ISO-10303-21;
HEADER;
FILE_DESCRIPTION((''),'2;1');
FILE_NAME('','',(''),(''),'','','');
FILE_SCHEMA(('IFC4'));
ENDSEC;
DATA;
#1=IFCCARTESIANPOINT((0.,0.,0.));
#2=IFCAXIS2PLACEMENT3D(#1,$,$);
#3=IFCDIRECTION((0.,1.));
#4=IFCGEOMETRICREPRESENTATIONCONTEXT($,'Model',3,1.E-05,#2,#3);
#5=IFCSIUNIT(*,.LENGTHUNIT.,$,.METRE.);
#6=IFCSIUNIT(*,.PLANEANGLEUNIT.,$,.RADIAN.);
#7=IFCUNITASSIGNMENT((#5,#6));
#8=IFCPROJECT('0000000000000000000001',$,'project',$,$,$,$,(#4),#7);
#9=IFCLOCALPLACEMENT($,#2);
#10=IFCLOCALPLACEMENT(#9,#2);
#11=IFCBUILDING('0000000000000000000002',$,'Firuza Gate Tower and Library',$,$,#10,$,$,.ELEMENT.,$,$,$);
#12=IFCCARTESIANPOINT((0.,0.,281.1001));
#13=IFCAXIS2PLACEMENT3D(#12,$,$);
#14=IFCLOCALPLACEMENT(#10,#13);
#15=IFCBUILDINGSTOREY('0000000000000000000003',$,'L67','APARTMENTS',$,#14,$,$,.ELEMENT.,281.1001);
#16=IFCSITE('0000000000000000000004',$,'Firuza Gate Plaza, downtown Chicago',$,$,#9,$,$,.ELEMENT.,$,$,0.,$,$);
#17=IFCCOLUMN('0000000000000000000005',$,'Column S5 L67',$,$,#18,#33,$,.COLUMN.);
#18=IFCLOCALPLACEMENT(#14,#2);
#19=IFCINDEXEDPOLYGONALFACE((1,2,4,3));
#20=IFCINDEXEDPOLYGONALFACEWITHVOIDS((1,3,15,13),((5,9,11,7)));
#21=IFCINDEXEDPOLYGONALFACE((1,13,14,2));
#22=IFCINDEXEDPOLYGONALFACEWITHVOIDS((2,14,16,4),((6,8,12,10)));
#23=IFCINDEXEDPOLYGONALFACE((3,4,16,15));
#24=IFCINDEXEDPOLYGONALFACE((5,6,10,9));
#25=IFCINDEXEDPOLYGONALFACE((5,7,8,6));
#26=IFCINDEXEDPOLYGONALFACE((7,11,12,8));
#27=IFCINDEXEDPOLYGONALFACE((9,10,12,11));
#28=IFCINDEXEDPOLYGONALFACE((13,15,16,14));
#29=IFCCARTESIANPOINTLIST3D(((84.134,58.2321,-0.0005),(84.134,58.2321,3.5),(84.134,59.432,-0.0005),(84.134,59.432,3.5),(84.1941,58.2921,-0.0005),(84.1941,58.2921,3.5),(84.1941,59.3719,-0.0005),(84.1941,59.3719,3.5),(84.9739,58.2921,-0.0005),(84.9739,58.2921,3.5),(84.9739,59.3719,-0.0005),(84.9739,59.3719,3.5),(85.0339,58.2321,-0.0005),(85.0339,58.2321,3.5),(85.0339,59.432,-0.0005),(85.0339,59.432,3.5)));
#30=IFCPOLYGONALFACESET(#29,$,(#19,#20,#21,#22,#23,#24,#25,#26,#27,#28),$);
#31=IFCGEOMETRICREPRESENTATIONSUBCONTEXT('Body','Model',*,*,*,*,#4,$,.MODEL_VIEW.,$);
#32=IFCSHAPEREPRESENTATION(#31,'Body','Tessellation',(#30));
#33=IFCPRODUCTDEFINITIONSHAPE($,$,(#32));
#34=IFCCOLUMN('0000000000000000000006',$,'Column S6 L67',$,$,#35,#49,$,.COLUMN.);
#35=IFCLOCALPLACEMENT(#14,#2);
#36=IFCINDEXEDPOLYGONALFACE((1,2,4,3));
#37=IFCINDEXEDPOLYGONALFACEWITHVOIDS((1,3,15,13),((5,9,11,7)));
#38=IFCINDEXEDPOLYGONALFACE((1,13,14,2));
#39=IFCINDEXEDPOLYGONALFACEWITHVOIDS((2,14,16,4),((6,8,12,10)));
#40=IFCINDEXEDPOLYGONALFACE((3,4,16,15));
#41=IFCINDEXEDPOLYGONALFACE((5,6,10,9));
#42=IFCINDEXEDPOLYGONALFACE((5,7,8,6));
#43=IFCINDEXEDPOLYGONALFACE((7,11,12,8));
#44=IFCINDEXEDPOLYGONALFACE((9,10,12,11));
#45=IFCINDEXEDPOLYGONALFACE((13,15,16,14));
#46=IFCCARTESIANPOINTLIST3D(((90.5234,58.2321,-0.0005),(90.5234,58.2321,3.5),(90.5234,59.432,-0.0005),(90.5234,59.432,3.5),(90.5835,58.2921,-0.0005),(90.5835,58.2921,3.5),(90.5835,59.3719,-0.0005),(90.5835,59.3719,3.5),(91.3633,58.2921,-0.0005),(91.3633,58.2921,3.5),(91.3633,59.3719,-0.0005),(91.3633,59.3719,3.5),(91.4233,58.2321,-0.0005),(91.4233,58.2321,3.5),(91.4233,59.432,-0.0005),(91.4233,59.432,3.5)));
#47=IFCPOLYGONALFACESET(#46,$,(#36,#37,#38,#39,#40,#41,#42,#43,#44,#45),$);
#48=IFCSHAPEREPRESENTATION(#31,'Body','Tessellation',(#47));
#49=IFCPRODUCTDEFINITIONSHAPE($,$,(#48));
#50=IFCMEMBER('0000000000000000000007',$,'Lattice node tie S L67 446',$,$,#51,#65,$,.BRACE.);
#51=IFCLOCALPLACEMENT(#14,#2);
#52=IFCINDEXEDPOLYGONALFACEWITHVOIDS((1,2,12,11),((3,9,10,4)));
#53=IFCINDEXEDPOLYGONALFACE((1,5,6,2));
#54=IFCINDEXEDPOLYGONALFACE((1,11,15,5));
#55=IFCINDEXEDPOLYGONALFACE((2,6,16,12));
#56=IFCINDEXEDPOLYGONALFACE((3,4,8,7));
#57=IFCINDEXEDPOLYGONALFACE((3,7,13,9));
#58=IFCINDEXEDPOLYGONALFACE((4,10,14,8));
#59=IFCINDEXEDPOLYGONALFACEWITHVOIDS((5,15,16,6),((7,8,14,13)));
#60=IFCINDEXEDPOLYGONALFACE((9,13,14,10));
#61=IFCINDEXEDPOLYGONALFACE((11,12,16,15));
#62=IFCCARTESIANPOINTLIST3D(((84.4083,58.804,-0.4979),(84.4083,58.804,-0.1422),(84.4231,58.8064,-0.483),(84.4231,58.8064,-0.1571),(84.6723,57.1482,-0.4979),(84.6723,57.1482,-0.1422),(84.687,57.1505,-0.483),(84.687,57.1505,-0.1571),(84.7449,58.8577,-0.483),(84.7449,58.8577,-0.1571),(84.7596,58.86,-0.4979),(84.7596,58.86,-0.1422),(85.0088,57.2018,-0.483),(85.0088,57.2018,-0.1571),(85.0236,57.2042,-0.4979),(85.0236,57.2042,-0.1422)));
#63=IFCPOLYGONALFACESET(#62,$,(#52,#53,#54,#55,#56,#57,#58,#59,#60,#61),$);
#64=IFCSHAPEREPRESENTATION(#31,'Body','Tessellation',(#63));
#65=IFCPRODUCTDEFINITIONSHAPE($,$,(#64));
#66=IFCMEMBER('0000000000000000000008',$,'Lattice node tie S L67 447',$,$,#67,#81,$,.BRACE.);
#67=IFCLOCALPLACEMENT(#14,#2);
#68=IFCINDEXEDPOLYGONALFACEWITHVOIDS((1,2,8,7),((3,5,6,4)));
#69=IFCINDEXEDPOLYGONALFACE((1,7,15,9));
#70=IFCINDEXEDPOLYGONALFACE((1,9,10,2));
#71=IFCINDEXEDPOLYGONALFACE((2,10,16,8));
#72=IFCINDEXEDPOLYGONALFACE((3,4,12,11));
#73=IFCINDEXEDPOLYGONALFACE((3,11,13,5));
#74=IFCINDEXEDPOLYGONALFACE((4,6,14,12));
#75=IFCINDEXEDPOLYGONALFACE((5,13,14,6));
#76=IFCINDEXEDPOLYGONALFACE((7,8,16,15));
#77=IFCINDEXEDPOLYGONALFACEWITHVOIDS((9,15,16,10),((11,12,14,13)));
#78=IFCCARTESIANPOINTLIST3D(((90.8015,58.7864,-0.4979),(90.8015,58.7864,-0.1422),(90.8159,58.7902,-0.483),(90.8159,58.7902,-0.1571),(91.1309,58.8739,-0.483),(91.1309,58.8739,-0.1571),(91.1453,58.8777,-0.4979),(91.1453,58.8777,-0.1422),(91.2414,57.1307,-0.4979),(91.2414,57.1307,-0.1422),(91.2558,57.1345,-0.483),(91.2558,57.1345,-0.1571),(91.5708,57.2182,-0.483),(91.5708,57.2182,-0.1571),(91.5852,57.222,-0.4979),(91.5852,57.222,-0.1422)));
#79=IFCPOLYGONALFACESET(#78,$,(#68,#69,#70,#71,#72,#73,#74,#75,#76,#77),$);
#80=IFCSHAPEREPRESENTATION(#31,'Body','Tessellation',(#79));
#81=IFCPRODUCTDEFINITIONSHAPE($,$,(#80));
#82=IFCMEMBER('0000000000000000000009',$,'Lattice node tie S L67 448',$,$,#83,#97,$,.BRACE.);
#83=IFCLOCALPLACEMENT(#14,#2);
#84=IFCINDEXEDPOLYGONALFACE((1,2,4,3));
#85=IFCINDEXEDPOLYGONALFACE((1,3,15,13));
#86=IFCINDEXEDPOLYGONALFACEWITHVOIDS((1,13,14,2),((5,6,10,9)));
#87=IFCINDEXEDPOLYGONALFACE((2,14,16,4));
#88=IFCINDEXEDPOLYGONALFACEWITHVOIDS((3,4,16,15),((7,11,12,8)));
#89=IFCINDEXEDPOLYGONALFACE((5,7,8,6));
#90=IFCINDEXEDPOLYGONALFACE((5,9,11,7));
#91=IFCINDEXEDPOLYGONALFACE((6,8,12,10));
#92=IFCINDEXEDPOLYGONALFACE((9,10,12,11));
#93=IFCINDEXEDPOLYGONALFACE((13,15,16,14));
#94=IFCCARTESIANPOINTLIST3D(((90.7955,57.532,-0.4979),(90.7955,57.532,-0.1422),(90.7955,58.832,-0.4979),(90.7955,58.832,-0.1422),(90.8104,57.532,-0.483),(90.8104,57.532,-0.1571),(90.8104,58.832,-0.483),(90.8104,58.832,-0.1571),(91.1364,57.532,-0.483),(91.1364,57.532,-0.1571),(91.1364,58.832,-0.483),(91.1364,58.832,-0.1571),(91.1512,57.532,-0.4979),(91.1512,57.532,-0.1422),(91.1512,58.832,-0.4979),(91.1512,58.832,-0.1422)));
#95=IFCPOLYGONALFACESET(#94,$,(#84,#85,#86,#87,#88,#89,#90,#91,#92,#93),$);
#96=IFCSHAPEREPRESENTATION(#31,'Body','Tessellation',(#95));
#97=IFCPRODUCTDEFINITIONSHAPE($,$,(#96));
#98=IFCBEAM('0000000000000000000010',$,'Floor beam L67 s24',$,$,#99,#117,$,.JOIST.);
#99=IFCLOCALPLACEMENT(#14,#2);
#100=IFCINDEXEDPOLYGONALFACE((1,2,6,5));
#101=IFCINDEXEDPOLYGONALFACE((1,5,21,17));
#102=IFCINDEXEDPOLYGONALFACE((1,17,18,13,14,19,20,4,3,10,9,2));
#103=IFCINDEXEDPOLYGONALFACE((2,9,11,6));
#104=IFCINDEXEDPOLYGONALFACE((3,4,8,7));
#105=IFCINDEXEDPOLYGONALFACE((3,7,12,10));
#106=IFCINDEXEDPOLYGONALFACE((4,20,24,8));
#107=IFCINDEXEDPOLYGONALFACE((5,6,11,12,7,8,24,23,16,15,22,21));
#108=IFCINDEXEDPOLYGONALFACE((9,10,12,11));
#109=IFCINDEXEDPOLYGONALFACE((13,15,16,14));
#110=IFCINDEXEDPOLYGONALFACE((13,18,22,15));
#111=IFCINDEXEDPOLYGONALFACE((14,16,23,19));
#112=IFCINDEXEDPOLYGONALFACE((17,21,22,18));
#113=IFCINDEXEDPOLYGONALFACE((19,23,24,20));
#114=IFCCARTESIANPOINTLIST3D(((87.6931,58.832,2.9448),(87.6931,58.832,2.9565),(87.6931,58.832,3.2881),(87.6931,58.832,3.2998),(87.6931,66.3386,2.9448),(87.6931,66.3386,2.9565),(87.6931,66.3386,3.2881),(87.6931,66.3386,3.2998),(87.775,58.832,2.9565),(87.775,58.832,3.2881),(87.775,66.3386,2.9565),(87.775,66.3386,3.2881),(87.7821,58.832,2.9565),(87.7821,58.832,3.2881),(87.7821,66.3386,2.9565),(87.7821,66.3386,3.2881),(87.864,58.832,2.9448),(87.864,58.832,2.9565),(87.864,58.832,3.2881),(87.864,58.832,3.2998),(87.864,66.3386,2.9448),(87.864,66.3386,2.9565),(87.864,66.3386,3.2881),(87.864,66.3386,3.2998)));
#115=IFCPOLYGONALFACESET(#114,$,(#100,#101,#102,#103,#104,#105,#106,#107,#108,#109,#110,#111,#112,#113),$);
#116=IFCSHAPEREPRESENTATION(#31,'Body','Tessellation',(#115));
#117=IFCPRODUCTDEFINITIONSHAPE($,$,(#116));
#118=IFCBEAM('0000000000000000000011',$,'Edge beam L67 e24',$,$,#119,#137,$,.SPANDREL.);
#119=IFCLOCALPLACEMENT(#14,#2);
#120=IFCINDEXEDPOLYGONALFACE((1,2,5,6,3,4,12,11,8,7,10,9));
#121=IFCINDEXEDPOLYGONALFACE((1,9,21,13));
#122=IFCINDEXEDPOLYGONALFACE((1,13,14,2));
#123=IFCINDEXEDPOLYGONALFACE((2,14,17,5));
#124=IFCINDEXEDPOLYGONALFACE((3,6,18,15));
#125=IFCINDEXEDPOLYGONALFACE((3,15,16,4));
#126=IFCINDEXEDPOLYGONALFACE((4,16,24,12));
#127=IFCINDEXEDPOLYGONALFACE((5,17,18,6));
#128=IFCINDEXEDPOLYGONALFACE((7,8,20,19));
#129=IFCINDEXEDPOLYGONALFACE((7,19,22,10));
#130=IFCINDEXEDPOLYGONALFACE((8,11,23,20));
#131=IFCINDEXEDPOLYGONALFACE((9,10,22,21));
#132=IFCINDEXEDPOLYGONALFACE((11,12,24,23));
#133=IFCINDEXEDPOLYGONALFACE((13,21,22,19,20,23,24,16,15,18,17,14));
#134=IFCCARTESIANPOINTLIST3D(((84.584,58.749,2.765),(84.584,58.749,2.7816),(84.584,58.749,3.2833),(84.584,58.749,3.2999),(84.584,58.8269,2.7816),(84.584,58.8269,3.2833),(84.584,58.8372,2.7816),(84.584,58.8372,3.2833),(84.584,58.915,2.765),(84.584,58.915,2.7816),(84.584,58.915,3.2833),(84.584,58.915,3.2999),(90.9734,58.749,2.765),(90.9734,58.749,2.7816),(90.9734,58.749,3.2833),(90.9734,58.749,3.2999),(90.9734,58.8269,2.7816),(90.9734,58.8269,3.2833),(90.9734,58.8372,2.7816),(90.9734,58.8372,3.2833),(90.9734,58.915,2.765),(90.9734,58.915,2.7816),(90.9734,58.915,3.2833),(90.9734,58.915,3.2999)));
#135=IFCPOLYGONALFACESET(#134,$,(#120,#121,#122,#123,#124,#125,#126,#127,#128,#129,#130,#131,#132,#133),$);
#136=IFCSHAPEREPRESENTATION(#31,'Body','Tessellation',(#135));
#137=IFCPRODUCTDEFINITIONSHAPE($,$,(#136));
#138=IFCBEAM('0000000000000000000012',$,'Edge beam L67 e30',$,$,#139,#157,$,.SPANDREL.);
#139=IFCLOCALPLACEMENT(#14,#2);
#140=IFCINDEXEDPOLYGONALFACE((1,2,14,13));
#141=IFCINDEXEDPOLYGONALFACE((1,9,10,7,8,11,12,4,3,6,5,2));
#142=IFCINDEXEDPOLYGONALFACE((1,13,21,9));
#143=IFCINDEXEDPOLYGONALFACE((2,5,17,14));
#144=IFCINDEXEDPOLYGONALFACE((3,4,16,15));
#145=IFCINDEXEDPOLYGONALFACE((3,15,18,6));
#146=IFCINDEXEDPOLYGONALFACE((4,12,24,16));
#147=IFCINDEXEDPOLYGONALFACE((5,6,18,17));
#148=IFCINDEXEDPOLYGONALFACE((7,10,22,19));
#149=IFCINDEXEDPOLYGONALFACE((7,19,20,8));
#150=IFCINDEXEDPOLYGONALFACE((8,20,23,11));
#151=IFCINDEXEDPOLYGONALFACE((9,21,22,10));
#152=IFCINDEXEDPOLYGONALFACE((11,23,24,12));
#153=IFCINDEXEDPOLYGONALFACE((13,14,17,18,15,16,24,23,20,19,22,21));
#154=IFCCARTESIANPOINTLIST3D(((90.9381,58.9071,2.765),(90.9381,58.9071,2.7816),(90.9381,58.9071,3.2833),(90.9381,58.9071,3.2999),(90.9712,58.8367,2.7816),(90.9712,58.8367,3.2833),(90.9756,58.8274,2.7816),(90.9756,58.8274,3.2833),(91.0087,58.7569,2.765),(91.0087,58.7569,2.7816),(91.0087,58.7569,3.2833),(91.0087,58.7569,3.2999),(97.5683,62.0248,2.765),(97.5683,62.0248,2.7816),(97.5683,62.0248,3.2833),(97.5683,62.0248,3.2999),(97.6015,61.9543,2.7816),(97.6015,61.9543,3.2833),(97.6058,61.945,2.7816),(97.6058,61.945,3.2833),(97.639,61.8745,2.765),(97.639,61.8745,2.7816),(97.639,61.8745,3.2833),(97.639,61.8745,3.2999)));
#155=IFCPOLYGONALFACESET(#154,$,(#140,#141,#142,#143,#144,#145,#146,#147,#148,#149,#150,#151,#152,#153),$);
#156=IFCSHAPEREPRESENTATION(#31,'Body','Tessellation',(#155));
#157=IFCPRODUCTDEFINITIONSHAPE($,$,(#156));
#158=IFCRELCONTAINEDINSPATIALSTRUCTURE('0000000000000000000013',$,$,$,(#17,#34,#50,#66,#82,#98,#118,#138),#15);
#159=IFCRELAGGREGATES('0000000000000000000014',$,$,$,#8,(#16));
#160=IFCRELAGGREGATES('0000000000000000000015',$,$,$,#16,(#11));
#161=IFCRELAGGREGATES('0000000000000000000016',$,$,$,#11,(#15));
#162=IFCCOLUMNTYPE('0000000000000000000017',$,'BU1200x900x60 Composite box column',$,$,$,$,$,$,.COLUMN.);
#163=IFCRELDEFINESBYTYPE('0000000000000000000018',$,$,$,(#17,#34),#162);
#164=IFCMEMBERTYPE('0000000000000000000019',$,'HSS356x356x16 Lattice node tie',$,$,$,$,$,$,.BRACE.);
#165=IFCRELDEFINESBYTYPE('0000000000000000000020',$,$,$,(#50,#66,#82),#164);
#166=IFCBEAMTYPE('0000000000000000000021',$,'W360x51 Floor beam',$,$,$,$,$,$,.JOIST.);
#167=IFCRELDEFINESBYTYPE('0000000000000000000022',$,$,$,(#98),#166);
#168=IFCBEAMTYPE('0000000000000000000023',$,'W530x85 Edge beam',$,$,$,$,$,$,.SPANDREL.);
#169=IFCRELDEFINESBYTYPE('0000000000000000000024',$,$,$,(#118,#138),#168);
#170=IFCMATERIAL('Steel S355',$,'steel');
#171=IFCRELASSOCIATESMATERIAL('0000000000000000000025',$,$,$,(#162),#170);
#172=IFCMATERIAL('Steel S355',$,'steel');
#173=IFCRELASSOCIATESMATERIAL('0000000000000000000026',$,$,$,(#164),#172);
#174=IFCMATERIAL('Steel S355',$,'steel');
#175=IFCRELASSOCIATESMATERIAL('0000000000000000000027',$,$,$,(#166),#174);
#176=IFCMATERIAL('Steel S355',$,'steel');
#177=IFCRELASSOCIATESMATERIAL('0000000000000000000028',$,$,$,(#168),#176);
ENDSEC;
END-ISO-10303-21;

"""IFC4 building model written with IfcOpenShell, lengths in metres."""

from ifc_helpers import new_model, si_unit, direction, frame, origin, origin_2d, place, context, subcontext, project, spatial, hollow_rectangle, i_section, extrude, material, material_profile, profile_set, type_object, element, save


model = new_model("IFC4")

# Units and contexts
model_context = context("Model", 3, precision=1e-05, world=origin(), true_north=direction((0.0, 1.0)))
body_context = subcontext(model_context, "Body", "Model", "MODEL_VIEW")
ifc_project = project(units=[si_unit("LENGTHUNIT", "METRE"), si_unit("PLANEANGLEUNIT", "RADIAN")], contexts=[model_context])

# Site, building, storey
site_placement = place(None, origin())
site = spatial("IfcSite", under=ifc_project, at=site_placement, Name="Firuza Gate Plaza, downtown Chicago", CompositionType="ELEMENT", RefElevation=0.0)
building_placement = place(site_placement, origin())
building = spatial("IfcBuilding", under=site, at=building_placement, Name="Firuza Gate Tower and Library", CompositionType="ELEMENT")
storey_placement = place(building_placement, frame((0.0, 0.0, 281.1001)))
storey = spatial("IfcBuildingStorey", under=building, at=storey_placement, Name="L67", Description="APARTMENTS", CompositionType="ELEMENT", Elevation=281.1001)

# Columns
ifc_material_1 = material(Name="Steel S355", Category="steel")
ifc_material_profile_1 = material_profile(ifc_material_1, hollow_rectangle(XDim=0.8999, YDim=1.2, WallThickness=0.0601, at=origin_2d()))
ifc_profile_set_1 = profile_set([ifc_material_profile_1], Name="Steel S355")
column_type = type_object("IfcColumnType", Name="BU1200x900x60 Composite box column", PredefinedType="COLUMN", material=ifc_profile_set_1)
for number, where, z_axis, x_axis, name in (
    (1, (84.584, 58.832, -0.0005), (0.0, 0.0, 1.0), (1.0, 0.0, 0.0), "Column S5 L67"),
    (2, (90.9734, 58.832, -0.0005), (0.0, 0.0, 1.0), (1.0, 0.0, 0.0), "Column S6 L67"),
):
    element("IfcColumn", number, at=place(storey_placement, frame(where, z_axis=z_axis, x_axis=x_axis)), inside=storey, type_object=column_type, Name=name, PredefinedType="COLUMN", context=body_context, shape_type="SweptSolid", body=[
        extrude(hollow_rectangle(XDim=0.8999, YDim=1.2, WallThickness=0.0601, at=origin_2d()), origin(), (0.0, 0.0, 1.0), 3.5005),
    ])

# Members
ifc_material_2 = material(Name="Steel S355", Category="steel")
ifc_material_profile_2 = material_profile(ifc_material_2, hollow_rectangle(XDim=0.3557, YDim=0.3557, WallThickness=0.0149, at=origin_2d()))
ifc_profile_set_2 = profile_set([ifc_material_profile_2], Name="Steel S355")
member_type = type_object("IfcMemberType", Name="HSS356x356x16 Lattice node tie", PredefinedType="BRACE", material=ifc_profile_set_2)
member_1_placement = place(storey_placement, frame((84.584, 58.832, -0.3201), z_axis=(0.157406, -0.987534, 0.0), x_axis=(0.987534, 0.157406, 0.0)))
element("IfcMember", 3, at=member_1_placement, inside=storey, type_object=member_type, Name="Lattice node tie S L67 446", PredefinedType="BRACE", context=body_context, shape_type="SweptSolid", body=[
    extrude(hollow_rectangle(XDim=0.3557, YDim=0.3557, WallThickness=0.0149, at=origin_2d()), origin(), (0.0, 0.0, 1.0), 1.6768),
])
member_2_placement = place(storey_placement, frame((90.9734, 58.832, -0.3201), z_axis=(0.256793, -0.966466, 0.0), x_axis=(0.966466, 0.256793, 0.0)))
element("IfcMember", 4, at=member_2_placement, inside=storey, type_object=member_type, Name="Lattice node tie S L67 447", PredefinedType="BRACE", context=body_context, shape_type="SweptSolid", body=[
    extrude(hollow_rectangle(XDim=0.3557, YDim=0.3557, WallThickness=0.0149, at=origin_2d()), origin(), (0.0, 0.0, 1.0), 1.7131),
])
member_3_placement = place(storey_placement, frame((90.9734, 58.832, -0.3201), z_axis=(0.0, -1.0, 0.0), x_axis=(1.0, 0.0, 0.0)))
element("IfcMember", 5, at=member_3_placement, inside=storey, type_object=member_type, Name="Lattice node tie S L67 448", PredefinedType="BRACE", context=body_context, shape_type="SweptSolid", body=[
    extrude(hollow_rectangle(XDim=0.3557, YDim=0.3557, WallThickness=0.0149, at=origin_2d()), origin(), (0.0, 0.0, 1.0), 1.3),
])

# Beams
ifc_material_3 = material(Name="Steel S355", Category="steel")
ifc_material_profile_3 = material_profile(ifc_material_3, i_section(OverallWidth=0.1709, OverallDepth=0.355, WebThickness=0.0071, FlangeThickness=0.0117, at=origin_2d()))
ifc_profile_set_3 = profile_set([ifc_material_profile_3], Name="Steel S355")
beam_type_1 = type_object("IfcBeamType", Name="W360x51 Floor beam", PredefinedType="JOIST", material=ifc_profile_set_3)
beam_1_placement = place(storey_placement, frame((87.7786, 58.832, 3.1223), z_axis=(0.0, 1.0, 0.0), x_axis=(-1.0, 0.0, 0.0)))
element("IfcBeam", 6, at=beam_1_placement, inside=storey, type_object=beam_type_1, Name="Floor beam L67 s24", PredefinedType="JOIST", context=body_context, shape_type="SweptSolid", body=[
    extrude(i_section(OverallWidth=0.1709, OverallDepth=0.355, WebThickness=0.0071, FlangeThickness=0.0117, at=origin_2d()), origin(), (0.0, 0.0, 1.0), 7.5066),
])
ifc_material_4 = material(Name="Steel S355", Category="steel")
ifc_material_profile_4 = material_profile(ifc_material_4, i_section(OverallWidth=0.166, OverallDepth=0.5349, WebThickness=0.0103, FlangeThickness=0.0166, at=origin_2d()))
ifc_profile_set_4 = profile_set([ifc_material_profile_4], Name="Steel S355")
beam_type_2 = type_object("IfcBeamType", Name="W530x85 Edge beam", PredefinedType="SPANDREL", material=ifc_profile_set_4)
beam_2_placement = place(storey_placement, frame((84.584, 58.832, 3.0325), z_axis=(1.0, 0.0, 0.0), x_axis=(0.0, 1.0, 0.0)))
element("IfcBeam", 7, at=beam_2_placement, inside=storey, type_object=beam_type_2, Name="Edge beam L67 e24", PredefinedType="SPANDREL", context=body_context, shape_type="SweptSolid", body=[
    extrude(i_section(OverallWidth=0.166, OverallDepth=0.5349, WebThickness=0.0103, FlangeThickness=0.0166, at=origin_2d()), origin(), (0.0, 0.0, 1.0), 6.3894),
])
beam_3_placement = place(storey_placement, frame((90.9734, 58.832, 3.0325), z_axis=(0.90495, 0.425518, 0.0), x_axis=(-0.425518, 0.90495, 0.0)))
element("IfcBeam", 8, at=beam_3_placement, inside=storey, type_object=beam_type_2, Name="Edge beam L67 e30", PredefinedType="SPANDREL", context=body_context, shape_type="SweptSolid", body=[
    extrude(i_section(OverallWidth=0.166, OverallDepth=0.5349, WebThickness=0.0103, FlangeThickness=0.0166, at=origin_2d()), origin(), (0.0, 0.0, 1.0), 7.3267),
])

save(model, "model.ifc")
